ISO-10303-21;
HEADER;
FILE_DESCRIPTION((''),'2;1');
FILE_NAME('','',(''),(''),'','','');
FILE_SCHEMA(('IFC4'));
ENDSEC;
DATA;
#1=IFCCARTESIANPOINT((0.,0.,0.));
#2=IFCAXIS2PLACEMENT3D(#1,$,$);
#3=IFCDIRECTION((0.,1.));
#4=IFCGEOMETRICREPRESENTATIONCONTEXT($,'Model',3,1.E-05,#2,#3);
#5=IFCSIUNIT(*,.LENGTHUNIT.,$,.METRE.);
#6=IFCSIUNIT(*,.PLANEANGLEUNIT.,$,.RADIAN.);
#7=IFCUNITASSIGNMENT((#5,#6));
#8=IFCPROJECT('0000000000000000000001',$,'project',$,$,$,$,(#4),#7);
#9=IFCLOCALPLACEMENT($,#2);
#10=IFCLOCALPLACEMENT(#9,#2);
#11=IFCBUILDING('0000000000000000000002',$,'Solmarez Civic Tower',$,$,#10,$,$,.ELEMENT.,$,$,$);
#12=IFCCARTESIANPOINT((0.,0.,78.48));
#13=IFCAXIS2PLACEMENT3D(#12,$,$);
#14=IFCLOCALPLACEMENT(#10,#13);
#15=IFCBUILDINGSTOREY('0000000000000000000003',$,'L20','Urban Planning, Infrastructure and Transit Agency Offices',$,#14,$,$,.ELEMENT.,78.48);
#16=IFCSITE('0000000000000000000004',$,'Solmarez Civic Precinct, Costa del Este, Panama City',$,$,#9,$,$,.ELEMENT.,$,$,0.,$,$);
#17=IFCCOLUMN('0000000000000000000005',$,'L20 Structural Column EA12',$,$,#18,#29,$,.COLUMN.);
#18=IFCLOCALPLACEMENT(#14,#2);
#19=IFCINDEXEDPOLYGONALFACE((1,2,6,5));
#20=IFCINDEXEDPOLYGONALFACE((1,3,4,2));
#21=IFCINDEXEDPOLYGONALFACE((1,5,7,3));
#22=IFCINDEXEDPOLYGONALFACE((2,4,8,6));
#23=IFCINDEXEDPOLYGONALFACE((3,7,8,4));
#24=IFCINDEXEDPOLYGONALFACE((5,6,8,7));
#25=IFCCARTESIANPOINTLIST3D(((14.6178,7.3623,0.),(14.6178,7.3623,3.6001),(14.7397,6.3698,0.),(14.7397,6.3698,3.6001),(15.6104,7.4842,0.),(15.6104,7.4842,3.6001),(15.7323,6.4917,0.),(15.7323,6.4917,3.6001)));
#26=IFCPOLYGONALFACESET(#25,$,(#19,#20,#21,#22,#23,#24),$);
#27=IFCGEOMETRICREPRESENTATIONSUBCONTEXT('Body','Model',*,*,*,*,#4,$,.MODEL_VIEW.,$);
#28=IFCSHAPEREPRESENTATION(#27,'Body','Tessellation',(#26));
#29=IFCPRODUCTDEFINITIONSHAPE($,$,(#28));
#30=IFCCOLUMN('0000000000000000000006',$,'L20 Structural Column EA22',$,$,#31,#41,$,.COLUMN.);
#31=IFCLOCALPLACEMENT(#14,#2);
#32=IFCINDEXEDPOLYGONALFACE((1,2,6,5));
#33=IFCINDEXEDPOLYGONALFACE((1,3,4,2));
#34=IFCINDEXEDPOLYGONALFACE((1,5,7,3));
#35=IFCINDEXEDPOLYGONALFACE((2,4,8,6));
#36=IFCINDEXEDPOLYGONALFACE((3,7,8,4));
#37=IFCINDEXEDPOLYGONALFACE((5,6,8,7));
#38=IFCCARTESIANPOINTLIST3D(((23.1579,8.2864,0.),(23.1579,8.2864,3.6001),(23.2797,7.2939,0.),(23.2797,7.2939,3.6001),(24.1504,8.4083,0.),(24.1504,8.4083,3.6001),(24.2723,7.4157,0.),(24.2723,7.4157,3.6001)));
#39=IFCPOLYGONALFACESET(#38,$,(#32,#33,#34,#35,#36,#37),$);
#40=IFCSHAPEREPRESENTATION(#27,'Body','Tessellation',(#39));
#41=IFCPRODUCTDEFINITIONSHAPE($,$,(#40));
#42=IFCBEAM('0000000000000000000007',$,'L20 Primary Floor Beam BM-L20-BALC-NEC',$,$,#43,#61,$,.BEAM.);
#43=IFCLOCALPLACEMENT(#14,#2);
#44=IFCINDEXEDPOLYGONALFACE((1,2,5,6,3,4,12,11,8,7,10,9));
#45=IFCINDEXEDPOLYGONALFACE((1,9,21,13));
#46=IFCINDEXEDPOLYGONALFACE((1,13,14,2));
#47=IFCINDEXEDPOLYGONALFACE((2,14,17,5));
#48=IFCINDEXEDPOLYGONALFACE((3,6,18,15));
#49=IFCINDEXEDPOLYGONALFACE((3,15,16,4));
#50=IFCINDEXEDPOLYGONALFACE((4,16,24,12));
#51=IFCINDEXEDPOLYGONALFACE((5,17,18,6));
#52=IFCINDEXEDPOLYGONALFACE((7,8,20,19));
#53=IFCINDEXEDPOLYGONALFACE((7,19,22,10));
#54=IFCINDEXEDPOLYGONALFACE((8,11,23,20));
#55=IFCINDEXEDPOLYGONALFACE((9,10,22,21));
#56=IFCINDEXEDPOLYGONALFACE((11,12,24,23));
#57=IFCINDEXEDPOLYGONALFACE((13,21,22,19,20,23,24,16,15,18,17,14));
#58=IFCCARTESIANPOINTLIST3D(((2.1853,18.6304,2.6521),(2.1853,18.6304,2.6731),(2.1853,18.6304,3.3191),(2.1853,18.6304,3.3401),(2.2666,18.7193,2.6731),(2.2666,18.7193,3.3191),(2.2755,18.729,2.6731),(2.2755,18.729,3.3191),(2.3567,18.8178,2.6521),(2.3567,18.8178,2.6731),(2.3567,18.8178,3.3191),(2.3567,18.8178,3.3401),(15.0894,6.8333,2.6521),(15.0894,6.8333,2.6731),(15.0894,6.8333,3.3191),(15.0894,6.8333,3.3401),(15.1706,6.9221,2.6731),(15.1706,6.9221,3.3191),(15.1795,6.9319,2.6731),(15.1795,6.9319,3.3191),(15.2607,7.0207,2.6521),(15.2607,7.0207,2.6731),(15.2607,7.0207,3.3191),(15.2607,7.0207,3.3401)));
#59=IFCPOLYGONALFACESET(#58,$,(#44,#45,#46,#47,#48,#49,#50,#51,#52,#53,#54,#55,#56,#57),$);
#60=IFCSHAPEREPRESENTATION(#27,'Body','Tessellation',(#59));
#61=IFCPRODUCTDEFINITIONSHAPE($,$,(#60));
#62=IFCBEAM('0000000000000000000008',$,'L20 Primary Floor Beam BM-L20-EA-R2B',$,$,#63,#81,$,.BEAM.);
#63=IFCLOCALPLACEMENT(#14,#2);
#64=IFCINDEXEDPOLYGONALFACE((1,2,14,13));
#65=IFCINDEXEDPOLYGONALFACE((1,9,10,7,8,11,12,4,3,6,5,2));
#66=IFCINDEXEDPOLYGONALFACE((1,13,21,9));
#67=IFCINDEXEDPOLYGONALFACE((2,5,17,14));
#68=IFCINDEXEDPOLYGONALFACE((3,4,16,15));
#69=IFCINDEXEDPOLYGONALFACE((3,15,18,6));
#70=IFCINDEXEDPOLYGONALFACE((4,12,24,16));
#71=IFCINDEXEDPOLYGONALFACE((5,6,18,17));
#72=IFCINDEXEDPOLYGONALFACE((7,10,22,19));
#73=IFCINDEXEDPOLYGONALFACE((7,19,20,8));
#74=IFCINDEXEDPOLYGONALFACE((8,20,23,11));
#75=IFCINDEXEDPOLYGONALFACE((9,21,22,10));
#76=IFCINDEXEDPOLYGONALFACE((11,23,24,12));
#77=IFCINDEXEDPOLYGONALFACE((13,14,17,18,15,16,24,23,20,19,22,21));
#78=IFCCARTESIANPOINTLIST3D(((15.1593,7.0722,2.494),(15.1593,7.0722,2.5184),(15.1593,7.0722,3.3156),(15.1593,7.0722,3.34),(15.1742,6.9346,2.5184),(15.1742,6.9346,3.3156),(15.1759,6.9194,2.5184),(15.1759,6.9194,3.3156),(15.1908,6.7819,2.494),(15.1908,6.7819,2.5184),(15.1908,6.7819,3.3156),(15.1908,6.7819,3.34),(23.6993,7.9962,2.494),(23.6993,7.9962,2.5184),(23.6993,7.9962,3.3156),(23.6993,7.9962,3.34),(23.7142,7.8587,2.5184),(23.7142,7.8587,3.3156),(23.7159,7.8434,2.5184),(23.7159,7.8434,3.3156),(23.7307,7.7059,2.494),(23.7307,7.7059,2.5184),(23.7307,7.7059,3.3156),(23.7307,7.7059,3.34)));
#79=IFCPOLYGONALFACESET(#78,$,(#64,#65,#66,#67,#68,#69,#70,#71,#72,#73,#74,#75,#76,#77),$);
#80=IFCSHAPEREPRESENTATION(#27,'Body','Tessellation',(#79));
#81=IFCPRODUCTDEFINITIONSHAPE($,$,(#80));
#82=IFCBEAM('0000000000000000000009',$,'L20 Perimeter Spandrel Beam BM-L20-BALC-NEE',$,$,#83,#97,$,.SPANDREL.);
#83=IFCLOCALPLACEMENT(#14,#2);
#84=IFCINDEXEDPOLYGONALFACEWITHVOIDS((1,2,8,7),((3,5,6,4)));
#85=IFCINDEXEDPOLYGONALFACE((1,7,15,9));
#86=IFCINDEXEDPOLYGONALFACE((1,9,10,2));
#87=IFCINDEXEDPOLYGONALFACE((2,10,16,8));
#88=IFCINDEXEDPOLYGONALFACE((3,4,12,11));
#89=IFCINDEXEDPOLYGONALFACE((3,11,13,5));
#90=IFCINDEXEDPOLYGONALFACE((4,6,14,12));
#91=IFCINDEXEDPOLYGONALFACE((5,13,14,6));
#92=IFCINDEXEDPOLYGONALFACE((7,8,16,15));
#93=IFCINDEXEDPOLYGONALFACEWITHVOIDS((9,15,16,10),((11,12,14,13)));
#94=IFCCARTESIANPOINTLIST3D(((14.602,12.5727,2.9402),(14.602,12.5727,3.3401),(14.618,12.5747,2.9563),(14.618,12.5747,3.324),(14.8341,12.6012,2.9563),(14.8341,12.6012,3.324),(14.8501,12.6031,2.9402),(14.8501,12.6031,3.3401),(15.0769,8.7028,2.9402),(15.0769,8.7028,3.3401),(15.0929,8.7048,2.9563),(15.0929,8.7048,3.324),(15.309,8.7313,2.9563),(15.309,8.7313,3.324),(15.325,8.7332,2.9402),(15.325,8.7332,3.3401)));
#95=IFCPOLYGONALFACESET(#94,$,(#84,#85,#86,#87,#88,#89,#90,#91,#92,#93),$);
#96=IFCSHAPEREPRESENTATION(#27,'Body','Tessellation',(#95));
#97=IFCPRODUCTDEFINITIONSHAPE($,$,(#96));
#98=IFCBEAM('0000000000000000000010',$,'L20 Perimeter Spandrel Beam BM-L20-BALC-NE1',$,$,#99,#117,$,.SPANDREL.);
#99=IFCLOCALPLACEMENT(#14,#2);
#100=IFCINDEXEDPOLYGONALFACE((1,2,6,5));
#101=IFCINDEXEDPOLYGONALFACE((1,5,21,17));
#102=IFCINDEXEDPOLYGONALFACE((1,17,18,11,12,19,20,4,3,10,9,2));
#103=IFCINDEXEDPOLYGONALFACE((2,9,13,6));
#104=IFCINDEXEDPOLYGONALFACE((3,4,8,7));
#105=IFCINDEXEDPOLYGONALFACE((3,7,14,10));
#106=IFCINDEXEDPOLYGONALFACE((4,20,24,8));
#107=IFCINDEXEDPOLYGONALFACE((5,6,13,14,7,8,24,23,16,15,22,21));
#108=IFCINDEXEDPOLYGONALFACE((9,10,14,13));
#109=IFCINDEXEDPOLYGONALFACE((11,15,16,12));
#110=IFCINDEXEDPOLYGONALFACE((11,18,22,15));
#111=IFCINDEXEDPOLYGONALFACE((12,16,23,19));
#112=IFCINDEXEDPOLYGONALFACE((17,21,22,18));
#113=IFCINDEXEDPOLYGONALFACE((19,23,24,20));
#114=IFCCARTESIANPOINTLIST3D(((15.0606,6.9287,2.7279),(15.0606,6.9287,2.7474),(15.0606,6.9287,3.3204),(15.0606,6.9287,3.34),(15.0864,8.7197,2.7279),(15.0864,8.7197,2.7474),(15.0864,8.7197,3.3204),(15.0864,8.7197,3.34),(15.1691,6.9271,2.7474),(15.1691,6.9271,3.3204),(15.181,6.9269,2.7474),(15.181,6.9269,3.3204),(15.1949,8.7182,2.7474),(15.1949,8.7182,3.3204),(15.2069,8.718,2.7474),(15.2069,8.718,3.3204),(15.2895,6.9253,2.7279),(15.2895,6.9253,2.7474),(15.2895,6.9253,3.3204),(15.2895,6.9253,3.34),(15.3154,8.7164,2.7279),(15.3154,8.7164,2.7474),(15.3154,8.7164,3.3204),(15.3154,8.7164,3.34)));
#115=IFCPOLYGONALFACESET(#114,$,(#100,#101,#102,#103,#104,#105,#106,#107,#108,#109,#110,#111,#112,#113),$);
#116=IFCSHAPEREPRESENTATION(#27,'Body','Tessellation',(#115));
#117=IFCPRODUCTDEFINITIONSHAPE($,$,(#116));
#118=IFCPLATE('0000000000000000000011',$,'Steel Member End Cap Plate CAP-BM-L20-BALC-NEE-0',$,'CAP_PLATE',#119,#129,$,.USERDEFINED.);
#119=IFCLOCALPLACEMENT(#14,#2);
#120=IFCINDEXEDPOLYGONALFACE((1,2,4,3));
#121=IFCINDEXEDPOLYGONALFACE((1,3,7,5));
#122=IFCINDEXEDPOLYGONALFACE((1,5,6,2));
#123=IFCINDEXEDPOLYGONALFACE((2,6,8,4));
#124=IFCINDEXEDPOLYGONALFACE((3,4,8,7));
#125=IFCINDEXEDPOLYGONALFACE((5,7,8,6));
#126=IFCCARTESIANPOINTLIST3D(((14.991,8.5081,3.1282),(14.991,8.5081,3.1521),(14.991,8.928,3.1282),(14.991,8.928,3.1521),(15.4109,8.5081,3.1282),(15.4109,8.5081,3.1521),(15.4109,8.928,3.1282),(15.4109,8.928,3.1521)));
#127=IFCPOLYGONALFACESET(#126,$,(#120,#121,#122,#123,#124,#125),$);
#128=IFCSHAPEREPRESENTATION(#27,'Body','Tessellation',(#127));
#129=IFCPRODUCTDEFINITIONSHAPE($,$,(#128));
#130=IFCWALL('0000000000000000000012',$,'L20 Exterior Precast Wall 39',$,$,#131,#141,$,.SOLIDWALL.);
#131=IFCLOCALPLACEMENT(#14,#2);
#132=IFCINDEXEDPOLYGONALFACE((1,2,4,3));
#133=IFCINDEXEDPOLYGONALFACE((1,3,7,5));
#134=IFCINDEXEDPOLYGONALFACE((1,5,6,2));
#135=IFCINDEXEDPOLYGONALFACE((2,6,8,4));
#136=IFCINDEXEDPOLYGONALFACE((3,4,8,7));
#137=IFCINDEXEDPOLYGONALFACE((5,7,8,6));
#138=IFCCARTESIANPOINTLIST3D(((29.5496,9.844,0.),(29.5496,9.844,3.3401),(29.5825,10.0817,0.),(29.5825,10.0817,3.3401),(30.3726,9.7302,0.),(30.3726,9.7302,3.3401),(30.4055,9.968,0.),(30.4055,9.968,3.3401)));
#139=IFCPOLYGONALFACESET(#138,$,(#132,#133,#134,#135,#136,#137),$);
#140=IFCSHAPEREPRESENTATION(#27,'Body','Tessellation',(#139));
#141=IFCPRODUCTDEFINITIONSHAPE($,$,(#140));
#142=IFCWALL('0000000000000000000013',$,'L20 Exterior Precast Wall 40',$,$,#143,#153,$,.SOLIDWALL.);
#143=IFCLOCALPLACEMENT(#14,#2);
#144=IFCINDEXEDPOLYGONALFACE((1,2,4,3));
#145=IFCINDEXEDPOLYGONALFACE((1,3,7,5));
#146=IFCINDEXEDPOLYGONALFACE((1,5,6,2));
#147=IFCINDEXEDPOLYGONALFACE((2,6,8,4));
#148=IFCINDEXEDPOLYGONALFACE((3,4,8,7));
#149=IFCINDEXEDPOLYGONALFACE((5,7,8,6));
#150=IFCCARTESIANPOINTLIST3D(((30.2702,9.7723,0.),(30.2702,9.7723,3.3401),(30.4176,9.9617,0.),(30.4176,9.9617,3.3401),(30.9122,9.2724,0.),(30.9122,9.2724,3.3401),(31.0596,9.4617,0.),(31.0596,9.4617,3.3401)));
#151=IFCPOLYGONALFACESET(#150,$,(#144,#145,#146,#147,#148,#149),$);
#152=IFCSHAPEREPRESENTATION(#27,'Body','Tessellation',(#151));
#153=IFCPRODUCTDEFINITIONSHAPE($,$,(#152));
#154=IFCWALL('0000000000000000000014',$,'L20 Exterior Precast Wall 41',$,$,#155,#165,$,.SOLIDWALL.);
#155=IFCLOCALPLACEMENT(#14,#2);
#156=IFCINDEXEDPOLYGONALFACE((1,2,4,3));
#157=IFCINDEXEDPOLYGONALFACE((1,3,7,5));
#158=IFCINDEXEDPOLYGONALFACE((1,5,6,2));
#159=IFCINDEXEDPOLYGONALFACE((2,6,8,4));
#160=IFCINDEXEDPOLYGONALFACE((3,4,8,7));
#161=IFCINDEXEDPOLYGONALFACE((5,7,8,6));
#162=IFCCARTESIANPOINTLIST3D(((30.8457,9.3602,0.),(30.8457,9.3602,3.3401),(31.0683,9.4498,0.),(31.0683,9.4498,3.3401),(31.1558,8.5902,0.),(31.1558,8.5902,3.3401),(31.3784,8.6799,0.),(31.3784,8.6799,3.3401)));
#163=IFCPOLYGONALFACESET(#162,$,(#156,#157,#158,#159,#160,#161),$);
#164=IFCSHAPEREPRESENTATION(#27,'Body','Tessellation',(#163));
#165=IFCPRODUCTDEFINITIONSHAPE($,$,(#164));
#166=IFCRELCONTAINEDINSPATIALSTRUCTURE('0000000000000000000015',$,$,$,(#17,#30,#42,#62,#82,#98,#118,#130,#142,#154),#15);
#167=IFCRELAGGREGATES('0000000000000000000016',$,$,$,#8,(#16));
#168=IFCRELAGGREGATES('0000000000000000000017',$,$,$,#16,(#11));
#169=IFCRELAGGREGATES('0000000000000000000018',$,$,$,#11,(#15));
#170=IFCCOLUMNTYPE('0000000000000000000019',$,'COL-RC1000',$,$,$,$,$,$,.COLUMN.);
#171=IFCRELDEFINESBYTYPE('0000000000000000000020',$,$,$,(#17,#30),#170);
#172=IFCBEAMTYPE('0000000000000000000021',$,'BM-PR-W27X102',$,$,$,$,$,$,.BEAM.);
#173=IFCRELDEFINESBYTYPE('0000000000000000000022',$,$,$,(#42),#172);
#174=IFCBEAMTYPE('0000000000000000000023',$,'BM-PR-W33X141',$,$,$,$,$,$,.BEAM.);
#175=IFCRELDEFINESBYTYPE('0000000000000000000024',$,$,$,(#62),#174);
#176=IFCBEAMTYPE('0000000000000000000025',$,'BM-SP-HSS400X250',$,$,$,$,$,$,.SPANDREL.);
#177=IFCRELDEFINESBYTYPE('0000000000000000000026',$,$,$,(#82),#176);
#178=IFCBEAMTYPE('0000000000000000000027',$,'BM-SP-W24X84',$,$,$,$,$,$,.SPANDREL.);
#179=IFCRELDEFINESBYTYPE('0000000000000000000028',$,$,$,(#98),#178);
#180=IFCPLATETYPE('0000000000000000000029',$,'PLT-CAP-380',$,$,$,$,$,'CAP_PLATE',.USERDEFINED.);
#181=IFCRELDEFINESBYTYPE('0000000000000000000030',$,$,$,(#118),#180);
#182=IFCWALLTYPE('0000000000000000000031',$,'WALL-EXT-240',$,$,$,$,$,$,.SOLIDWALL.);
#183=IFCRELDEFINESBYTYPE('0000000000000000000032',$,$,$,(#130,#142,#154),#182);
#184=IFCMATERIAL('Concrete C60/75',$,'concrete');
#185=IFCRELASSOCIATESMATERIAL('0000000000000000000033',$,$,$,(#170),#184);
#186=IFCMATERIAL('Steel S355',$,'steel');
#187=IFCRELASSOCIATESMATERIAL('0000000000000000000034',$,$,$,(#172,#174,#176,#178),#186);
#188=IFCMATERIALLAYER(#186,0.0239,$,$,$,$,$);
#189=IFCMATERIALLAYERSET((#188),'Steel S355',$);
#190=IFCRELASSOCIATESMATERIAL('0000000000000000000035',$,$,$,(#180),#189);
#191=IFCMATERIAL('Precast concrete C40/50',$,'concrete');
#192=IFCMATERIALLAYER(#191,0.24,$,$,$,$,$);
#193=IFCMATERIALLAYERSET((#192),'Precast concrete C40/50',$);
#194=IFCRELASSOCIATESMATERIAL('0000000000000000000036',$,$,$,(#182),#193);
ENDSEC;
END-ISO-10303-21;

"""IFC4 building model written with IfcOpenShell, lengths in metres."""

from ifc_helpers import new_model, si_unit, direction, frame, frame_2d, origin, origin_2d, place, context, subcontext, project, spatial, rectangle, hollow_rectangle, i_section, extrude, material, layer, layer_set, material_profile, profile_set, type_object, element, save


model = new_model("IFC4")

# Units and contexts
model_context = context("Model", 3, precision=1e-05, world=origin(), true_north=direction((0.0, 1.0)))
body_context = subcontext(model_context, "Body", "Model", "MODEL_VIEW")
ifc_project = project(units=[si_unit("LENGTHUNIT", "METRE"), si_unit("PLANEANGLEUNIT", "RADIAN")], contexts=[model_context])

# Site, building, storey
site_placement = place(None, origin())
site = spatial("IfcSite", under=ifc_project, at=site_placement, Name="Solmarez Civic Precinct, Costa del Este, Panama City", CompositionType="ELEMENT", RefElevation=0.0)
building_placement = place(site_placement, origin())
building = spatial("IfcBuilding", under=site, at=building_placement, Name="Solmarez Civic Tower", CompositionType="ELEMENT")
storey_placement = place(building_placement, frame((0.0, 0.0, 78.48)))
storey = spatial("IfcBuildingStorey", under=building, at=storey_placement, Name="L20", Description="Urban Planning, Infrastructure and Transit Agency Offices", CompositionType="ELEMENT", Elevation=78.48)

# Columns
ifc_material_1 = material(Name="Concrete C60/75", Category="concrete")
ifc_material_profile_1 = material_profile(ifc_material_1, rectangle(XDim=1.0, YDim=1.0, at=origin_2d()), Name="RC1000X1000")
ifc_profile_set_1 = profile_set([ifc_material_profile_1], Name="Concrete C60/75")
column_type = type_object("IfcColumnType", Name="COL-RC1000", PredefinedType="COLUMN", material=ifc_profile_set_1)
for number, where, z_axis, x_axis, name in (
    (1, (15.175, 6.927, 0.0), (0.0, 0.0, 1.0), (0.992546, 0.121869, 0.0), "L20 Structural Column EA12"),
    (2, (23.7151, 7.8511, 0.0), (0.0, 0.0, 1.0), (0.992546, 0.121869, 0.0), "L20 Structural Column EA22"),
):
    element("IfcColumn", number, at=place(storey_placement, frame(where, z_axis=z_axis, x_axis=x_axis)), inside=storey, type_object=column_type, Name=name, PredefinedType="COLUMN", context=body_context, shape_type="SweptSolid", body=[
        extrude(rectangle(XDim=1.0, YDim=1.0, at=origin_2d()), origin(), (0.0, 0.0, 1.0), 3.6001),
    ])

# Beams
ifc_material_2 = material(Name="Steel S355", Category="steel")
ifc_material_profile_2 = material_profile(ifc_material_2, i_section(OverallWidth=0.2539, OverallDepth=0.688, WebThickness=0.0132, FlangeThickness=0.021, at=origin_2d()), Name="W27X102")
ifc_profile_set_2 = profile_set([ifc_material_profile_2], Name="Steel S355")
beam_type_1 = type_object("IfcBeamType", Name="BM-PR-W27X102", PredefinedType="BEAM", material=ifc_profile_set_2)
beam_1_placement = place(storey_placement, frame((15.175, 6.927, 2.9961), z_axis=(-0.738054, 0.674742, 0.0), x_axis=(-0.674742, -0.738054, 0.0)))
element("IfcBeam", 3, at=beam_1_placement, inside=storey, type_object=beam_type_1, Name="L20 Primary Floor Beam BM-L20-BALC-NEC", PredefinedType="BEAM", context=body_context, shape_type="SweptSolid", body=[
    extrude(i_section(OverallWidth=0.2539, OverallDepth=0.688, WebThickness=0.0132, FlangeThickness=0.021, at=origin_2d()), origin(), (0.0, 0.0, 1.0), 17.4839),
])
ifc_material_profile_3 = material_profile(ifc_material_2, i_section(OverallWidth=0.292, OverallDepth=0.8459, WebThickness=0.0154, FlangeThickness=0.0244, at=origin_2d()), Name="W33X141")
ifc_profile_set_3 = profile_set([ifc_material_profile_3], Name="Steel S355")
beam_type_2 = type_object("IfcBeamType", Name="BM-PR-W33X141", PredefinedType="BEAM", material=ifc_profile_set_3)
beam_2_placement = place(storey_placement, frame((15.175, 6.927, 2.917), z_axis=(0.994197, 0.107577, 0.0), x_axis=(-0.107577, 0.994197, 0.0)))
element("IfcBeam", 4, at=beam_2_placement, inside=storey, type_object=beam_type_2, Name="L20 Primary Floor Beam BM-L20-EA-R2B", PredefinedType="BEAM", context=body_context, shape_type="SweptSolid", body=[
    extrude(i_section(OverallWidth=0.292, OverallDepth=0.8459, WebThickness=0.0154, FlangeThickness=0.0244, at=origin_2d()), origin(), (0.0, 0.0, 1.0), 8.5898),
])
ifc_material_profile_4 = material_profile(ifc_material_2, hollow_rectangle(XDim=0.25, YDim=0.3999, WallThickness=0.0161, at=origin_2d()), Name="HSS400X250X16")
ifc_profile_set_4 = profile_set([ifc_material_profile_4], Name="Steel S355")
beam_type_3 = type_object("IfcBeamType", Name="BM-SP-HSS400X250", PredefinedType="SPANDREL", material=ifc_profile_set_4)
beam_3_placement = place(storey_placement, frame((15.2009, 8.718, 3.1401), z_axis=(-0.121792, 0.992556, 0.0), x_axis=(-0.992556, -0.121792, 0.0)))
element("IfcBeam", 5, at=beam_3_placement, inside=storey, type_object=beam_type_3, Name="L20 Perimeter Spandrel Beam BM-L20-BALC-NEE", PredefinedType="SPANDREL", context=body_context, shape_type="SweptSolid", body=[
    extrude(hollow_rectangle(XDim=0.25, YDim=0.3999, WallThickness=0.0161, at=origin_2d()), origin(), (0.0, 0.0, 1.0), 3.8989),
])
ifc_material_profile_5 = material_profile(ifc_material_2, i_section(OverallWidth=0.229, OverallDepth=0.6121, WebThickness=0.012, FlangeThickness=0.0195, at=origin_2d()), Name="W24X84")
ifc_profile_set_5 = profile_set([ifc_material_profile_5], Name="Steel S355")
beam_type_4 = type_object("IfcBeamType", Name="BM-SP-W24X84", PredefinedType="SPANDREL", material=ifc_profile_set_5)
beam_4_placement = place(storey_placement, frame((15.175, 6.927, 3.0339), z_axis=(0.014448, 0.999896, 0.0), x_axis=(-0.999896, 0.014448, 0.0)))
element("IfcBeam", 6, at=beam_4_placement, inside=storey, type_object=beam_type_4, Name="L20 Perimeter Spandrel Beam BM-L20-BALC-NE1", PredefinedType="SPANDREL", context=body_context, shape_type="SweptSolid", body=[
    extrude(i_section(OverallWidth=0.229, OverallDepth=0.6121, WebThickness=0.012, FlangeThickness=0.0195, at=origin_2d()), origin(), (0.0, 0.0, 1.0), 1.7913),
])

# Plate
ifc_layer_1 = layer(ifc_material_2, 0.0239)
ifc_layer_set_1 = layer_set([ifc_layer_1], Name="Steel S355")
plate_type = type_object("IfcPlateType", Name="PLT-CAP-380", ElementType="CAP_PLATE", PredefinedType="USERDEFINED", material=ifc_layer_set_1)
plate_placement = place(storey_placement, frame((15.2009, 8.718, 3.1282), z_axis=(0.0, 0.0, 1.0), x_axis=(1.0, 0.0, 0.0)))
element("IfcPlate", 7, at=plate_placement, inside=storey, type_object=plate_type, Name="Steel Member End Cap Plate CAP-BM-L20-BALC-NEE-0", ObjectType="CAP_PLATE", PredefinedType="USERDEFINED", context=body_context, shape_type="SweptSolid", body=[
    extrude(rectangle(XDim=0.4199, YDim=0.4199, at=origin_2d()), origin(), (0.0, 0.0, 1.0), 0.0239),
])

# Walls
ifc_material_3 = material(Name="Precast concrete C40/50", Category="concrete")
ifc_layer_2 = layer(ifc_material_3, 0.24)
ifc_layer_set_2 = layer_set([ifc_layer_2], Name="Precast concrete C40/50")
wall_type_1 = type_object("IfcWallType", Name="WALL-EXT-240", PredefinedType="SOLIDWALL", material=ifc_layer_set_2)
wall_1_placement = place(storey_placement, frame((29.5659, 9.9629, 0.0), z_axis=(0.0, 0.0, 1.0), x_axis=(0.99058, -0.136936, 0.0)))
element("IfcWall", 8, at=wall_1_placement, inside=storey, type_object=wall_type_1, Name="L20 Exterior Precast Wall 39", PredefinedType="SOLIDWALL", context=body_context, shape_type="SweptSolid", body=[
    extrude(rectangle(XDim=0.8308, YDim=0.24, at=frame_2d((0.4155, 0.0))), origin(), (0.0, 0.0, 1.0), 3.3401),
])
wall_2_placement = place(storey_placement, frame((30.344, 9.8669, 0.0), z_axis=(0.0, 0.0, 1.0), x_axis=(0.788997, -0.614397, 0.0)))
element("IfcWall", 9, at=wall_2_placement, inside=storey, type_object=wall_type_1, Name="L20 Exterior Precast Wall 40", PredefinedType="SOLIDWALL", context=body_context, shape_type="SweptSolid", body=[
    extrude(rectangle(XDim=0.8137, YDim=0.24, at=frame_2d((0.4067, 0.0))), origin(), (0.0, 0.0, 1.0), 3.3401),
])
wall_3_placement = place(storey_placement, frame((30.957, 9.405, 0.0), z_axis=(0.0, 0.0, 1.0), x_axis=(0.373519, -0.927622, 0.0)))
element("IfcWall", 10, at=wall_3_placement, inside=storey, type_object=wall_type_1, Name="L20 Exterior Precast Wall 41", PredefinedType="SOLIDWALL", context=body_context, shape_type="SweptSolid", body=[
    extrude(rectangle(XDim=0.8301, YDim=0.24, at=frame_2d((0.415, 0.0))), origin(), (0.0, 0.0, 1.0), 3.3401),
])

save(model, "model.ifc")
